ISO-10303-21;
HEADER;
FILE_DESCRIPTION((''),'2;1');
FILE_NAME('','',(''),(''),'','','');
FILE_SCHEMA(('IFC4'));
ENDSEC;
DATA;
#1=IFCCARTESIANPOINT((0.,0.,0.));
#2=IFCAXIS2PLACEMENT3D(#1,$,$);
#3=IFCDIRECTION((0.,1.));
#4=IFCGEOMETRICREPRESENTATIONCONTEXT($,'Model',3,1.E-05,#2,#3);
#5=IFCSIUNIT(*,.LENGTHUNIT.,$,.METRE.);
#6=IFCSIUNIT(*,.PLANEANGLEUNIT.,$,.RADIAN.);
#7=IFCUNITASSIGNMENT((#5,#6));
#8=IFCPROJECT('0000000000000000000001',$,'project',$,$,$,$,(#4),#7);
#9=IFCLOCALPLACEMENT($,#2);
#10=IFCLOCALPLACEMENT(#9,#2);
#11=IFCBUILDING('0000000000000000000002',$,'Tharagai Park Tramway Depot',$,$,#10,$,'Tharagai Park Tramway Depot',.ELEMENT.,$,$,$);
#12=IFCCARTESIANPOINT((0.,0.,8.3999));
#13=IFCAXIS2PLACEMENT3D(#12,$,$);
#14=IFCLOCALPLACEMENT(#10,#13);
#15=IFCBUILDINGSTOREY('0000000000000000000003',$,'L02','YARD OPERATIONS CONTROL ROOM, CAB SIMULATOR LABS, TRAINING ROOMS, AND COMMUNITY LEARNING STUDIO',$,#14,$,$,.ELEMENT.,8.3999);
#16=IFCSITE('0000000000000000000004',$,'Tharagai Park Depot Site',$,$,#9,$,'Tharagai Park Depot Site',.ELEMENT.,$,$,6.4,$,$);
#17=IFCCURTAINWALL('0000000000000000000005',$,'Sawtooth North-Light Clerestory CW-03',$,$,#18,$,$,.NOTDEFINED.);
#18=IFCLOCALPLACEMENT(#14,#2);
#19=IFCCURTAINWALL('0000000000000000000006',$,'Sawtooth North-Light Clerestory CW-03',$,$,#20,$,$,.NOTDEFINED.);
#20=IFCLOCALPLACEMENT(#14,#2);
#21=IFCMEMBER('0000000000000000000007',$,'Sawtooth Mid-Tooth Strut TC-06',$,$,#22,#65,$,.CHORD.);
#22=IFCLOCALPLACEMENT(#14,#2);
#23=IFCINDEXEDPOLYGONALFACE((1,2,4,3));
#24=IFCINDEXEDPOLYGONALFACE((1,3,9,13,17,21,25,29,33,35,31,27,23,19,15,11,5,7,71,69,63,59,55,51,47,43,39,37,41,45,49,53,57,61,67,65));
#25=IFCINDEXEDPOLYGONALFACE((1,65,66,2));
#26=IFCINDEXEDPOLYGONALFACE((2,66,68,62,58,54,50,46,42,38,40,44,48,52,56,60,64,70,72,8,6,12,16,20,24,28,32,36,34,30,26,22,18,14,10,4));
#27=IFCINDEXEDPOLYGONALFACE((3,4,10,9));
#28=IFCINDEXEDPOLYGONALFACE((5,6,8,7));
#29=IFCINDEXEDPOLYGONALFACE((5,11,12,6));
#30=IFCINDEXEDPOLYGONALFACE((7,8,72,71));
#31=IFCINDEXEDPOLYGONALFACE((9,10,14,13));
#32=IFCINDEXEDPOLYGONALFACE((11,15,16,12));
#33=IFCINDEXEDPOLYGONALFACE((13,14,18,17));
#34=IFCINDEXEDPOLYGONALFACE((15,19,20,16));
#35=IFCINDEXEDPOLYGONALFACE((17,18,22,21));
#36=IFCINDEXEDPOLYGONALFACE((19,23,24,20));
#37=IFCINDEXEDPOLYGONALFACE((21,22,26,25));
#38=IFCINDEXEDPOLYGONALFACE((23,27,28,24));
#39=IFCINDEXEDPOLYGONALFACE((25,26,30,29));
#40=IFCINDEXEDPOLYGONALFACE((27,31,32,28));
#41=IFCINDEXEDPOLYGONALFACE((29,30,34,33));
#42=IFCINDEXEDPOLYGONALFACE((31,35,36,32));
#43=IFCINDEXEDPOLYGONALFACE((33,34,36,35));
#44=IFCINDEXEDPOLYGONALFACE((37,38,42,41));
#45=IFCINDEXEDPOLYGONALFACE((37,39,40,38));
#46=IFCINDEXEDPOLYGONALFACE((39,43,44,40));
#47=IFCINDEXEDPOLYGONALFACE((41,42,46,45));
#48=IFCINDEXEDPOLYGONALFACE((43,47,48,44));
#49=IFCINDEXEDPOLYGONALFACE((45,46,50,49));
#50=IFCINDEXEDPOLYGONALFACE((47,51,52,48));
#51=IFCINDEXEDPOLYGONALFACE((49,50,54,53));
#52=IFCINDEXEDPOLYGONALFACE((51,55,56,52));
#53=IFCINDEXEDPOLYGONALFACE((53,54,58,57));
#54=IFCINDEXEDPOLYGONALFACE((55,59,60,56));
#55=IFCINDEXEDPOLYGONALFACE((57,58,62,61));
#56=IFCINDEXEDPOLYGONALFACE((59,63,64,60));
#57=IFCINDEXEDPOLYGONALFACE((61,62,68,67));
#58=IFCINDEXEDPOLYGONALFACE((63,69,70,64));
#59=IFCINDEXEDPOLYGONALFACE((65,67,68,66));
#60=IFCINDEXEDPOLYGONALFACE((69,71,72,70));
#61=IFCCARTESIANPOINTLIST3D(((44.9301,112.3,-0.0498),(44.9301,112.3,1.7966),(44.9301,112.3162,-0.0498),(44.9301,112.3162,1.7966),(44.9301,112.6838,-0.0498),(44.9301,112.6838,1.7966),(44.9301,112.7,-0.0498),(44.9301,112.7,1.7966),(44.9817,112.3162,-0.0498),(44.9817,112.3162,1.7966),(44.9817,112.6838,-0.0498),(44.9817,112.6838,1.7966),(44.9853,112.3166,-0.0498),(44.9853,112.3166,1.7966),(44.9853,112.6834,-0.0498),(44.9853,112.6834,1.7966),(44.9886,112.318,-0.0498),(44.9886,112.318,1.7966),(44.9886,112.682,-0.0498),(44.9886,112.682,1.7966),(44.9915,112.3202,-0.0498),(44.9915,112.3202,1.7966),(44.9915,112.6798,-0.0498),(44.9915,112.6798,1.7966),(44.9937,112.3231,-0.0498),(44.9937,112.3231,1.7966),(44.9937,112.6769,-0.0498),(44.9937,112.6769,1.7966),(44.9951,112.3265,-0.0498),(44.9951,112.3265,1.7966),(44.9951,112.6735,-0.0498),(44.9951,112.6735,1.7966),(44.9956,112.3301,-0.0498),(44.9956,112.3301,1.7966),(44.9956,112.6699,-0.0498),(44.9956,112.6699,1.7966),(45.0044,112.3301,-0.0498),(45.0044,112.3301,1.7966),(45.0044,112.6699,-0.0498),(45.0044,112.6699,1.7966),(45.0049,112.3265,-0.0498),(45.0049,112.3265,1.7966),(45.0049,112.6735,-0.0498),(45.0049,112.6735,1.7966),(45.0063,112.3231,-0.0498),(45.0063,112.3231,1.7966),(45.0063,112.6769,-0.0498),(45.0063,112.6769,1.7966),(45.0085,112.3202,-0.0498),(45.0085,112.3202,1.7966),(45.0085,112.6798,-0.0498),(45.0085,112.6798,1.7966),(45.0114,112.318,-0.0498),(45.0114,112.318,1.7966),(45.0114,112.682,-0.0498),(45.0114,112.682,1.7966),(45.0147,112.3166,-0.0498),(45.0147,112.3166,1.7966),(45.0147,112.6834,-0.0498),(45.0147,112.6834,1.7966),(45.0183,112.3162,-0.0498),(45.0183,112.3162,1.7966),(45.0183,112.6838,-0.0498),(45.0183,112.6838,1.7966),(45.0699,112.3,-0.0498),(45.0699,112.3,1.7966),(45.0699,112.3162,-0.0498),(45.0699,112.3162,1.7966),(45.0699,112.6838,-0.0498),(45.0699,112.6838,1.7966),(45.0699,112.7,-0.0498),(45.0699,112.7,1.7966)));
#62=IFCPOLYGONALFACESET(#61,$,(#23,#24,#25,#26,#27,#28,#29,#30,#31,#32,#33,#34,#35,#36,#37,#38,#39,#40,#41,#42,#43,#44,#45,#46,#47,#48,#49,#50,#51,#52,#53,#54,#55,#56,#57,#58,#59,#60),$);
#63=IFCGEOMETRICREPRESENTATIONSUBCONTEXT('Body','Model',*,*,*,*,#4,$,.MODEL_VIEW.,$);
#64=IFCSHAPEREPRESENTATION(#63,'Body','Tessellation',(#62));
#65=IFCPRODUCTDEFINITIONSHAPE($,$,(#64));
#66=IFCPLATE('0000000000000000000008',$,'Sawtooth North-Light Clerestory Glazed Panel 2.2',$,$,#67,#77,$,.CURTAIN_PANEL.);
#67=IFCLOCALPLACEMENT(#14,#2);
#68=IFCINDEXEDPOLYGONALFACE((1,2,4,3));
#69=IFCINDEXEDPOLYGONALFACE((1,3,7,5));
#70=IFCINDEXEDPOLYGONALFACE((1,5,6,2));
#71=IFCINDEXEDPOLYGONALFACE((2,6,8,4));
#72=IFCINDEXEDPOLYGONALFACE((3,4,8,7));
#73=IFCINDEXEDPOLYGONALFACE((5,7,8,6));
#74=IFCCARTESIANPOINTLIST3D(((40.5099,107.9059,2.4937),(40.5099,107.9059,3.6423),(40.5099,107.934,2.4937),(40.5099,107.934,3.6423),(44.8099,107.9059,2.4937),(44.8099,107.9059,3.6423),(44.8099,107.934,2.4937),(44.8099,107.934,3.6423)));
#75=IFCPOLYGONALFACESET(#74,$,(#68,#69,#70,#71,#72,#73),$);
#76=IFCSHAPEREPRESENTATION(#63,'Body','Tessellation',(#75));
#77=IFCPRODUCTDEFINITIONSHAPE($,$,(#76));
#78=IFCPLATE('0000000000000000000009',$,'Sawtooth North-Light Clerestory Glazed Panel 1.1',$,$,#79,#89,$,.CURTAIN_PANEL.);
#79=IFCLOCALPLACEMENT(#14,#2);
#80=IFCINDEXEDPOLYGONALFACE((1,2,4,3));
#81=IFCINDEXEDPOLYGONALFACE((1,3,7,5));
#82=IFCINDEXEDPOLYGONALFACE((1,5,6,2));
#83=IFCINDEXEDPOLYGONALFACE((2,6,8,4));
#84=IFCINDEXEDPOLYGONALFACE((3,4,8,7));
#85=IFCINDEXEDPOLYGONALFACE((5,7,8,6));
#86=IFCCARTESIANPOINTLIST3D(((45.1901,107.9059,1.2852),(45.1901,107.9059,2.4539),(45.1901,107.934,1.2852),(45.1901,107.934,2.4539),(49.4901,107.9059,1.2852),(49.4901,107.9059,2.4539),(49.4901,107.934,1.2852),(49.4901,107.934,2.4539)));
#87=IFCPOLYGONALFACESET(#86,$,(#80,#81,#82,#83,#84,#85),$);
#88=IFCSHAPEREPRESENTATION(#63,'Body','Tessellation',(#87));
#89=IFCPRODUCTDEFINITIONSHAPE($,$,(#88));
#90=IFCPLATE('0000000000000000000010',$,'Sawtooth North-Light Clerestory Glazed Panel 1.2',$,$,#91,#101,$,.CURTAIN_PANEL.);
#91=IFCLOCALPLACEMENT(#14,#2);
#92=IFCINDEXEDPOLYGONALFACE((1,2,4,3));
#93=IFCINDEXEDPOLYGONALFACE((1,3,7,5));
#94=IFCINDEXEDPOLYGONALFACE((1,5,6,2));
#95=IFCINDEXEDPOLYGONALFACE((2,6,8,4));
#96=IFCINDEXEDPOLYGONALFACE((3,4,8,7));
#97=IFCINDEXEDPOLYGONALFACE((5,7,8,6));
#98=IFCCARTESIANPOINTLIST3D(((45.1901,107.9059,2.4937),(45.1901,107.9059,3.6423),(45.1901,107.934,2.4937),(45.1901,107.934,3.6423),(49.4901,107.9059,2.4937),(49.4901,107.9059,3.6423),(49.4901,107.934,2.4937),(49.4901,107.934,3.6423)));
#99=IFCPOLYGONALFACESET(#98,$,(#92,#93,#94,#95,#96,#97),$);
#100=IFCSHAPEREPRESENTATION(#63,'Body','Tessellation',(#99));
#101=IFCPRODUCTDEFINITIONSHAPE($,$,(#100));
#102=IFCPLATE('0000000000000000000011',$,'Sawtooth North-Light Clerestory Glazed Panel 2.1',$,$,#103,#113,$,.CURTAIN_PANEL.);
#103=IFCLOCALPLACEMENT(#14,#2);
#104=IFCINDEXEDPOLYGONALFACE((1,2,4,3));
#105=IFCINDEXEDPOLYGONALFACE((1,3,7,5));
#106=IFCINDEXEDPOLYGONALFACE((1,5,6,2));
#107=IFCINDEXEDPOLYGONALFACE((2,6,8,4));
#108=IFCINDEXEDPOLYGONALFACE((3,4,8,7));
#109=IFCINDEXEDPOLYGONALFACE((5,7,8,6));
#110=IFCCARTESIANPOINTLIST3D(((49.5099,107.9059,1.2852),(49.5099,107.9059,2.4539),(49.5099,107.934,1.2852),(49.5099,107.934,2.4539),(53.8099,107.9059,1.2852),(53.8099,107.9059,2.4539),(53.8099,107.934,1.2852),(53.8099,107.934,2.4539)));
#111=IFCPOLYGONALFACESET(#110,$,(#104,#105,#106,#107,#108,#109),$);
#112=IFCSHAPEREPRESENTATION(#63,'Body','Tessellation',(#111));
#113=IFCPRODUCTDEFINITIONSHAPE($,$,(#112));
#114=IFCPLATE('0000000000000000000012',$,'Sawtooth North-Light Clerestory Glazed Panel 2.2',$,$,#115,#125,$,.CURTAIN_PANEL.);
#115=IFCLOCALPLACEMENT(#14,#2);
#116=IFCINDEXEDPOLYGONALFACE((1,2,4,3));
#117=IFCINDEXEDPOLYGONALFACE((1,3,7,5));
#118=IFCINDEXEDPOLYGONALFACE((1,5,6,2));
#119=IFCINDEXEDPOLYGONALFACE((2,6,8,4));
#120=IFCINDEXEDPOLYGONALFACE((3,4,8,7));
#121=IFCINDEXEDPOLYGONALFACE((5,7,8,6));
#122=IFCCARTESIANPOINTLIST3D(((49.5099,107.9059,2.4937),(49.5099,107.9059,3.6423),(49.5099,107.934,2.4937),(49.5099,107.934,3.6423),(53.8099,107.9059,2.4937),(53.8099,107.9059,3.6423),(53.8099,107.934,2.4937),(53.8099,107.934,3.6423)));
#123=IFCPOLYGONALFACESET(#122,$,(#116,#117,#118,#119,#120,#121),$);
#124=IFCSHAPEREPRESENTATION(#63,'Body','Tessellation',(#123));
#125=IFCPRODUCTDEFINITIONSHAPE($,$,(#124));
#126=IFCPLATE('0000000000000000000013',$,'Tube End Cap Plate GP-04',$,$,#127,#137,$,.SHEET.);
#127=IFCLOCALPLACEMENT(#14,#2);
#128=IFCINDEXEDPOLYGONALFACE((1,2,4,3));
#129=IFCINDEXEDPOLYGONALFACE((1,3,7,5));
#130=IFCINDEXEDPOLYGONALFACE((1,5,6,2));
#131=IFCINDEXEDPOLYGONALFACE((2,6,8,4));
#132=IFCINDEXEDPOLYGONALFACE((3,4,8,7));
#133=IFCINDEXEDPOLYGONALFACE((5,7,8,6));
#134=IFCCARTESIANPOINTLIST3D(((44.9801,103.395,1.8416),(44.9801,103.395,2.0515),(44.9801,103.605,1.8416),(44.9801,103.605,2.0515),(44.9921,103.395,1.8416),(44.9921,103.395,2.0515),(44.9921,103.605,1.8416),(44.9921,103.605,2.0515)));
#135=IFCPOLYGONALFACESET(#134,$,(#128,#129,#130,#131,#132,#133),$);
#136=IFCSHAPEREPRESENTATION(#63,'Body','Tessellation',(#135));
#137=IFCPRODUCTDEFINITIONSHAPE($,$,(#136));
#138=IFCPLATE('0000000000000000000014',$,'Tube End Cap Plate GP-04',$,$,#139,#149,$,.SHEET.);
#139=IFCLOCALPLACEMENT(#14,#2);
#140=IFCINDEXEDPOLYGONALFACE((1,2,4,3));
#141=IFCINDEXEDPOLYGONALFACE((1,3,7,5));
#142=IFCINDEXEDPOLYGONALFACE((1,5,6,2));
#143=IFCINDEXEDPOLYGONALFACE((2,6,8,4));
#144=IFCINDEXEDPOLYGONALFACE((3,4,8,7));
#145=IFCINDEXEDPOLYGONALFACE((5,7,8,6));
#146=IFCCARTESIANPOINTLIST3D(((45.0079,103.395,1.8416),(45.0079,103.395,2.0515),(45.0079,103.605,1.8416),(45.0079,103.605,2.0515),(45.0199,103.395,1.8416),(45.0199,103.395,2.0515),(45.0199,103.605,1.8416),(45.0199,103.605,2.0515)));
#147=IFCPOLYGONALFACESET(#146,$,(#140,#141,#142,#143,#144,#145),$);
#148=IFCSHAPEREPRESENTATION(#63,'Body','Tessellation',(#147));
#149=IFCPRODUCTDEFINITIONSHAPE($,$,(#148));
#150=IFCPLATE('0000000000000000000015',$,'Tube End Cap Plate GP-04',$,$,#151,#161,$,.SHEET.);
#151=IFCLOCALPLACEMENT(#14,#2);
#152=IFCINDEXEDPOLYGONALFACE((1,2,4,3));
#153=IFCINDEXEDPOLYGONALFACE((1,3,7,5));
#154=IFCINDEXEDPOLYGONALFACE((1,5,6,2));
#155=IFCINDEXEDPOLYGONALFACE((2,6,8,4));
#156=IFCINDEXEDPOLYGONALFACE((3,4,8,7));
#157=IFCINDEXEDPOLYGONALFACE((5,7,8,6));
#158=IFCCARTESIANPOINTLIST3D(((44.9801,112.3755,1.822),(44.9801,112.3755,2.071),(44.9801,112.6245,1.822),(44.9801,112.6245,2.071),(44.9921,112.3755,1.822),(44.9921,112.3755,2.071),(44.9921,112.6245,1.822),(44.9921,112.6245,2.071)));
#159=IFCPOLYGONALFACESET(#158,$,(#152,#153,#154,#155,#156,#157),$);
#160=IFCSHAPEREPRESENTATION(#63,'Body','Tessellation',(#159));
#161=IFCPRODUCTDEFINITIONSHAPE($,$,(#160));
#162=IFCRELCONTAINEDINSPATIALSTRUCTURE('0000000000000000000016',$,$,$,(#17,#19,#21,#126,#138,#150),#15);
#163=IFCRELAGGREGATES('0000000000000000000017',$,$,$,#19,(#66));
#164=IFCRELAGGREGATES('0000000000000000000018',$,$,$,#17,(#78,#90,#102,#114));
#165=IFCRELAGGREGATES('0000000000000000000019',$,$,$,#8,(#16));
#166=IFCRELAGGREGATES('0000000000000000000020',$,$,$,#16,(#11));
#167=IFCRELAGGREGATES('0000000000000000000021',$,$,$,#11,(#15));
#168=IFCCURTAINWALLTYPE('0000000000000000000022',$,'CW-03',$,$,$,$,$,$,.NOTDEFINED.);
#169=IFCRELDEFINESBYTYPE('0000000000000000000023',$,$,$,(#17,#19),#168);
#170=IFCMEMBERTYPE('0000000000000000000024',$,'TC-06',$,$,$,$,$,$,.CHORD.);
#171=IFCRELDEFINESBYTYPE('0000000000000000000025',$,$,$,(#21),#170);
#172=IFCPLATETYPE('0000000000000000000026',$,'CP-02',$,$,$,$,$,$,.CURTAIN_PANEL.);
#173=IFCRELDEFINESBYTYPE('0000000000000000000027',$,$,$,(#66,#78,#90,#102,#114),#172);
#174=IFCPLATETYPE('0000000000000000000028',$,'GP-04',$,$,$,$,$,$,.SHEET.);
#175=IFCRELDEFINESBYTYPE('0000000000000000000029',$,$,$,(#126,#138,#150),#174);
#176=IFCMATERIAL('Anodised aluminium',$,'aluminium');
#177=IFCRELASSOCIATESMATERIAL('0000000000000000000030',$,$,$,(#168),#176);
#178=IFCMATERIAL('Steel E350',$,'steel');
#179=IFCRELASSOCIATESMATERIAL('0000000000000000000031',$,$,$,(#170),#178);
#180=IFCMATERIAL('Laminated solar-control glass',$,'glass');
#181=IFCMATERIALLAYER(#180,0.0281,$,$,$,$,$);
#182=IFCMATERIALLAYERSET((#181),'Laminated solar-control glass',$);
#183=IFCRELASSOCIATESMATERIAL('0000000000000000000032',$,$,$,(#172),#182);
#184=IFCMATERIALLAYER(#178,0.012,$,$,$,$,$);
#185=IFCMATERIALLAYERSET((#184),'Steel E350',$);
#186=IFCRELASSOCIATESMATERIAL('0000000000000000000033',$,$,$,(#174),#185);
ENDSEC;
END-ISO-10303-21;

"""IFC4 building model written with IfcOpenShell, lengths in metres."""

from ifc_helpers import new_model, si_unit, direction, frame, origin, origin_2d, place, context, subcontext, project, spatial, rectangle, i_section, extrude, material, layer, layer_set, material_profile, profile_set, type_object, element, aggregate, save


model = new_model("IFC4")

# Units and contexts
model_context = context("Model", 3, precision=1e-05, world=origin(), true_north=direction((0.0, 1.0)))
body_context = subcontext(model_context, "Body", "Model", "MODEL_VIEW")
ifc_project = project(units=[si_unit("LENGTHUNIT", "METRE"), si_unit("PLANEANGLEUNIT", "RADIAN")], contexts=[model_context])

# Site, building, storey
site_placement = place(None, origin())
site = spatial("IfcSite", under=ifc_project, at=site_placement, Name="Tharagai Park Depot Site", LongName="Tharagai Park Depot Site", CompositionType="ELEMENT", RefElevation=6.4)
building_placement = place(site_placement, origin())
building = spatial("IfcBuilding", under=site, at=building_placement, Name="Tharagai Park Tramway Depot", LongName="Tharagai Park Tramway Depot", CompositionType="ELEMENT")
storey_placement = place(building_placement, frame((0.0, 0.0, 8.3999)))
storey = spatial("IfcBuildingStorey", under=building, at=storey_placement, Name="L02", Description="YARD OPERATIONS CONTROL ROOM, CAB SIMULATOR LABS, TRAINING ROOMS, AND COMMUNITY LEARNING STUDIO", CompositionType="ELEMENT", Elevation=8.3999)

# Shared definitions
ifc_material_1 = material(Name="Steel E350", Category="steel")

# Curtain wall
ifc_material_2 = material(Name="Anodised aluminium", Category="aluminium")
curtain_wall_type = type_object("IfcCurtainWallType", Name="CW-03", PredefinedType="NOTDEFINED", material=ifc_material_2)
curtain_wall_1_placement = place(storey_placement, origin())
curtain_wall_1 = element("IfcCurtainWall", 1, at=curtain_wall_1_placement, inside=storey, type_object=curtain_wall_type, Name="Sawtooth North-Light Clerestory CW-03", PredefinedType="NOTDEFINED")

# Curtain wall
curtain_wall_2_placement = place(storey_placement, origin())
curtain_wall_2 = element("IfcCurtainWall", 2, at=curtain_wall_2_placement, inside=storey, type_object=curtain_wall_type, Name="Sawtooth North-Light Clerestory CW-03", PredefinedType="NOTDEFINED")

# Member
ifc_material_profile_1 = material_profile(ifc_material_1, i_section(OverallWidth=0.1399, OverallDepth=0.3999, WebThickness=0.0088, FlangeThickness=0.0161, FilletRadius=0.0139, at=origin_2d()), Name="ISMB 400")
ifc_profile_set_1 = profile_set([ifc_material_profile_1], Name="Steel E350")
member_type_1 = type_object("IfcMemberType", Name="TC-06", PredefinedType="CHORD", material=ifc_profile_set_1)
for number, where, z_axis, x_axis, name in (
    (3, (45.0, 112.5, -0.0498), (0.0, 0.0, 1.0), (1.0, 0.0, 0.0), "Sawtooth Mid-Tooth Strut TC-06"),
):
    element("IfcMember", number, at=place(storey_placement, frame(where, z_axis=z_axis, x_axis=x_axis)), inside=storey, type_object=member_type_1, Name=name, PredefinedType="CHORD", context=body_context, shape_type="SweptSolid", body=[
        extrude(i_section(OverallWidth=0.1399, OverallDepth=0.3999, WebThickness=0.0088, FlangeThickness=0.0161, FilletRadius=0.0139, at=origin_2d()), origin(), (0.0, 0.0, 1.0), 1.8464),
    ])

# Plates
ifc_material_3 = material(Name="Laminated solar-control glass", Category="glass")
ifc_layer_1 = layer(ifc_material_3, 0.0281)
ifc_layer_set_1 = layer_set([ifc_layer_1], Name="Laminated solar-control glass")
plate_type_1 = type_object("IfcPlateType", Name="CP-02", PredefinedType="CURTAIN_PANEL", material=ifc_layer_set_1)
plate_1_placement = place(storey_placement, frame((42.6599, 107.9199, 2.4937), z_axis=(0.0, 0.0, 1.0), x_axis=(1.0, 0.0, 0.0)))
plate_1 = element("IfcPlate", 4, at=plate_1_placement, type_object=plate_type_1, Name="Sawtooth North-Light Clerestory Glazed Panel 2.2", PredefinedType="CURTAIN_PANEL", context=body_context, shape_type="SweptSolid", body=[
    extrude(rectangle(XDim=4.3, YDim=0.0281, at=origin_2d()), origin(), (0.0, 0.0, 1.0), 1.1487),
])
aggregate(curtain_wall_2, [plate_1])
plate_2_placement = place(storey_placement, frame((47.3401, 107.9199, 1.2852), z_axis=(0.0, 0.0, 1.0), x_axis=(1.0, 0.0, 0.0)))
plate_2 = element("IfcPlate", 5, at=plate_2_placement, type_object=plate_type_1, Name="Sawtooth North-Light Clerestory Glazed Panel 1.1", PredefinedType="CURTAIN_PANEL", context=body_context, shape_type="SweptSolid", body=[
    extrude(rectangle(XDim=4.3, YDim=0.0281, at=origin_2d()), origin(), (0.0, 0.0, 1.0), 1.1687),
])
plate_3_placement = place(storey_placement, frame((47.3401, 107.9199, 2.4937), z_axis=(0.0, 0.0, 1.0), x_axis=(1.0, 0.0, 0.0)))
plate_3 = element("IfcPlate", 6, at=plate_3_placement, type_object=plate_type_1, Name="Sawtooth North-Light Clerestory Glazed Panel 1.2", PredefinedType="CURTAIN_PANEL", context=body_context, shape_type="SweptSolid", body=[
    extrude(rectangle(XDim=4.3, YDim=0.0281, at=origin_2d()), origin(), (0.0, 0.0, 1.0), 1.1487),
])
plate_4_placement = place(storey_placement, frame((51.6599, 107.9199, 1.2852), z_axis=(0.0, 0.0, 1.0), x_axis=(1.0, 0.0, 0.0)))
plate_4 = element("IfcPlate", 7, at=plate_4_placement, type_object=plate_type_1, Name="Sawtooth North-Light Clerestory Glazed Panel 2.1", PredefinedType="CURTAIN_PANEL", context=body_context, shape_type="SweptSolid", body=[
    extrude(rectangle(XDim=4.3, YDim=0.0281, at=origin_2d()), origin(), (0.0, 0.0, 1.0), 1.1687),
])
plate_5_placement = place(storey_placement, frame((51.6599, 107.9199, 2.4937), z_axis=(0.0, 0.0, 1.0), x_axis=(1.0, 0.0, 0.0)))
plate_5 = element("IfcPlate", 8, at=plate_5_placement, type_object=plate_type_1, Name="Sawtooth North-Light Clerestory Glazed Panel 2.2", PredefinedType="CURTAIN_PANEL", context=body_context, shape_type="SweptSolid", body=[
    extrude(rectangle(XDim=4.3, YDim=0.0281, at=origin_2d()), origin(), (0.0, 0.0, 1.0), 1.1487),
])
aggregate(curtain_wall_1, [plate_2, plate_3, plate_4, plate_5])

# Plates
ifc_layer_2 = layer(ifc_material_1, 0.012)
ifc_layer_set_2 = layer_set([ifc_layer_2], Name="Steel E350")
plate_type_2 = type_object("IfcPlateType", Name="GP-04", PredefinedType="SHEET", material=ifc_layer_set_2)
for number, where, z_axis, x_axis, name in (
    (9, (44.9861, 103.5, 1.8416), (0.0, 0.0, 1.0), (1.0, 0.0, 0.0), "Tube End Cap Plate GP-04"),
    (10, (45.0139, 103.5, 1.8416), (0.0, 0.0, 1.0), (1.0, 0.0, 0.0), "Tube End Cap Plate GP-04"),
):
    element("IfcPlate", number, at=place(storey_placement, frame(where, z_axis=z_axis, x_axis=x_axis)), inside=storey, type_object=plate_type_2, Name=name, PredefinedType="SHEET", context=body_context, shape_type="SweptSolid", body=[
        extrude(rectangle(XDim=0.012, YDim=0.21, at=origin_2d()), origin(), (0.0, 0.0, 1.0), 0.21),
    ])
plate_6_placement = place(storey_placement, frame((44.9861, 112.5, 1.822), z_axis=(0.0, 0.0, 1.0), x_axis=(1.0, 0.0, 0.0)))
element("IfcPlate", 11, at=plate_6_placement, inside=storey, type_object=plate_type_2, Name="Tube End Cap Plate GP-04", PredefinedType="SHEET", context=body_context, shape_type="SweptSolid", body=[
    extrude(rectangle(XDim=0.012, YDim=0.249, at=origin_2d()), origin(), (0.0, 0.0, 1.0), 0.249),
])

save(model, "model.ifc")
